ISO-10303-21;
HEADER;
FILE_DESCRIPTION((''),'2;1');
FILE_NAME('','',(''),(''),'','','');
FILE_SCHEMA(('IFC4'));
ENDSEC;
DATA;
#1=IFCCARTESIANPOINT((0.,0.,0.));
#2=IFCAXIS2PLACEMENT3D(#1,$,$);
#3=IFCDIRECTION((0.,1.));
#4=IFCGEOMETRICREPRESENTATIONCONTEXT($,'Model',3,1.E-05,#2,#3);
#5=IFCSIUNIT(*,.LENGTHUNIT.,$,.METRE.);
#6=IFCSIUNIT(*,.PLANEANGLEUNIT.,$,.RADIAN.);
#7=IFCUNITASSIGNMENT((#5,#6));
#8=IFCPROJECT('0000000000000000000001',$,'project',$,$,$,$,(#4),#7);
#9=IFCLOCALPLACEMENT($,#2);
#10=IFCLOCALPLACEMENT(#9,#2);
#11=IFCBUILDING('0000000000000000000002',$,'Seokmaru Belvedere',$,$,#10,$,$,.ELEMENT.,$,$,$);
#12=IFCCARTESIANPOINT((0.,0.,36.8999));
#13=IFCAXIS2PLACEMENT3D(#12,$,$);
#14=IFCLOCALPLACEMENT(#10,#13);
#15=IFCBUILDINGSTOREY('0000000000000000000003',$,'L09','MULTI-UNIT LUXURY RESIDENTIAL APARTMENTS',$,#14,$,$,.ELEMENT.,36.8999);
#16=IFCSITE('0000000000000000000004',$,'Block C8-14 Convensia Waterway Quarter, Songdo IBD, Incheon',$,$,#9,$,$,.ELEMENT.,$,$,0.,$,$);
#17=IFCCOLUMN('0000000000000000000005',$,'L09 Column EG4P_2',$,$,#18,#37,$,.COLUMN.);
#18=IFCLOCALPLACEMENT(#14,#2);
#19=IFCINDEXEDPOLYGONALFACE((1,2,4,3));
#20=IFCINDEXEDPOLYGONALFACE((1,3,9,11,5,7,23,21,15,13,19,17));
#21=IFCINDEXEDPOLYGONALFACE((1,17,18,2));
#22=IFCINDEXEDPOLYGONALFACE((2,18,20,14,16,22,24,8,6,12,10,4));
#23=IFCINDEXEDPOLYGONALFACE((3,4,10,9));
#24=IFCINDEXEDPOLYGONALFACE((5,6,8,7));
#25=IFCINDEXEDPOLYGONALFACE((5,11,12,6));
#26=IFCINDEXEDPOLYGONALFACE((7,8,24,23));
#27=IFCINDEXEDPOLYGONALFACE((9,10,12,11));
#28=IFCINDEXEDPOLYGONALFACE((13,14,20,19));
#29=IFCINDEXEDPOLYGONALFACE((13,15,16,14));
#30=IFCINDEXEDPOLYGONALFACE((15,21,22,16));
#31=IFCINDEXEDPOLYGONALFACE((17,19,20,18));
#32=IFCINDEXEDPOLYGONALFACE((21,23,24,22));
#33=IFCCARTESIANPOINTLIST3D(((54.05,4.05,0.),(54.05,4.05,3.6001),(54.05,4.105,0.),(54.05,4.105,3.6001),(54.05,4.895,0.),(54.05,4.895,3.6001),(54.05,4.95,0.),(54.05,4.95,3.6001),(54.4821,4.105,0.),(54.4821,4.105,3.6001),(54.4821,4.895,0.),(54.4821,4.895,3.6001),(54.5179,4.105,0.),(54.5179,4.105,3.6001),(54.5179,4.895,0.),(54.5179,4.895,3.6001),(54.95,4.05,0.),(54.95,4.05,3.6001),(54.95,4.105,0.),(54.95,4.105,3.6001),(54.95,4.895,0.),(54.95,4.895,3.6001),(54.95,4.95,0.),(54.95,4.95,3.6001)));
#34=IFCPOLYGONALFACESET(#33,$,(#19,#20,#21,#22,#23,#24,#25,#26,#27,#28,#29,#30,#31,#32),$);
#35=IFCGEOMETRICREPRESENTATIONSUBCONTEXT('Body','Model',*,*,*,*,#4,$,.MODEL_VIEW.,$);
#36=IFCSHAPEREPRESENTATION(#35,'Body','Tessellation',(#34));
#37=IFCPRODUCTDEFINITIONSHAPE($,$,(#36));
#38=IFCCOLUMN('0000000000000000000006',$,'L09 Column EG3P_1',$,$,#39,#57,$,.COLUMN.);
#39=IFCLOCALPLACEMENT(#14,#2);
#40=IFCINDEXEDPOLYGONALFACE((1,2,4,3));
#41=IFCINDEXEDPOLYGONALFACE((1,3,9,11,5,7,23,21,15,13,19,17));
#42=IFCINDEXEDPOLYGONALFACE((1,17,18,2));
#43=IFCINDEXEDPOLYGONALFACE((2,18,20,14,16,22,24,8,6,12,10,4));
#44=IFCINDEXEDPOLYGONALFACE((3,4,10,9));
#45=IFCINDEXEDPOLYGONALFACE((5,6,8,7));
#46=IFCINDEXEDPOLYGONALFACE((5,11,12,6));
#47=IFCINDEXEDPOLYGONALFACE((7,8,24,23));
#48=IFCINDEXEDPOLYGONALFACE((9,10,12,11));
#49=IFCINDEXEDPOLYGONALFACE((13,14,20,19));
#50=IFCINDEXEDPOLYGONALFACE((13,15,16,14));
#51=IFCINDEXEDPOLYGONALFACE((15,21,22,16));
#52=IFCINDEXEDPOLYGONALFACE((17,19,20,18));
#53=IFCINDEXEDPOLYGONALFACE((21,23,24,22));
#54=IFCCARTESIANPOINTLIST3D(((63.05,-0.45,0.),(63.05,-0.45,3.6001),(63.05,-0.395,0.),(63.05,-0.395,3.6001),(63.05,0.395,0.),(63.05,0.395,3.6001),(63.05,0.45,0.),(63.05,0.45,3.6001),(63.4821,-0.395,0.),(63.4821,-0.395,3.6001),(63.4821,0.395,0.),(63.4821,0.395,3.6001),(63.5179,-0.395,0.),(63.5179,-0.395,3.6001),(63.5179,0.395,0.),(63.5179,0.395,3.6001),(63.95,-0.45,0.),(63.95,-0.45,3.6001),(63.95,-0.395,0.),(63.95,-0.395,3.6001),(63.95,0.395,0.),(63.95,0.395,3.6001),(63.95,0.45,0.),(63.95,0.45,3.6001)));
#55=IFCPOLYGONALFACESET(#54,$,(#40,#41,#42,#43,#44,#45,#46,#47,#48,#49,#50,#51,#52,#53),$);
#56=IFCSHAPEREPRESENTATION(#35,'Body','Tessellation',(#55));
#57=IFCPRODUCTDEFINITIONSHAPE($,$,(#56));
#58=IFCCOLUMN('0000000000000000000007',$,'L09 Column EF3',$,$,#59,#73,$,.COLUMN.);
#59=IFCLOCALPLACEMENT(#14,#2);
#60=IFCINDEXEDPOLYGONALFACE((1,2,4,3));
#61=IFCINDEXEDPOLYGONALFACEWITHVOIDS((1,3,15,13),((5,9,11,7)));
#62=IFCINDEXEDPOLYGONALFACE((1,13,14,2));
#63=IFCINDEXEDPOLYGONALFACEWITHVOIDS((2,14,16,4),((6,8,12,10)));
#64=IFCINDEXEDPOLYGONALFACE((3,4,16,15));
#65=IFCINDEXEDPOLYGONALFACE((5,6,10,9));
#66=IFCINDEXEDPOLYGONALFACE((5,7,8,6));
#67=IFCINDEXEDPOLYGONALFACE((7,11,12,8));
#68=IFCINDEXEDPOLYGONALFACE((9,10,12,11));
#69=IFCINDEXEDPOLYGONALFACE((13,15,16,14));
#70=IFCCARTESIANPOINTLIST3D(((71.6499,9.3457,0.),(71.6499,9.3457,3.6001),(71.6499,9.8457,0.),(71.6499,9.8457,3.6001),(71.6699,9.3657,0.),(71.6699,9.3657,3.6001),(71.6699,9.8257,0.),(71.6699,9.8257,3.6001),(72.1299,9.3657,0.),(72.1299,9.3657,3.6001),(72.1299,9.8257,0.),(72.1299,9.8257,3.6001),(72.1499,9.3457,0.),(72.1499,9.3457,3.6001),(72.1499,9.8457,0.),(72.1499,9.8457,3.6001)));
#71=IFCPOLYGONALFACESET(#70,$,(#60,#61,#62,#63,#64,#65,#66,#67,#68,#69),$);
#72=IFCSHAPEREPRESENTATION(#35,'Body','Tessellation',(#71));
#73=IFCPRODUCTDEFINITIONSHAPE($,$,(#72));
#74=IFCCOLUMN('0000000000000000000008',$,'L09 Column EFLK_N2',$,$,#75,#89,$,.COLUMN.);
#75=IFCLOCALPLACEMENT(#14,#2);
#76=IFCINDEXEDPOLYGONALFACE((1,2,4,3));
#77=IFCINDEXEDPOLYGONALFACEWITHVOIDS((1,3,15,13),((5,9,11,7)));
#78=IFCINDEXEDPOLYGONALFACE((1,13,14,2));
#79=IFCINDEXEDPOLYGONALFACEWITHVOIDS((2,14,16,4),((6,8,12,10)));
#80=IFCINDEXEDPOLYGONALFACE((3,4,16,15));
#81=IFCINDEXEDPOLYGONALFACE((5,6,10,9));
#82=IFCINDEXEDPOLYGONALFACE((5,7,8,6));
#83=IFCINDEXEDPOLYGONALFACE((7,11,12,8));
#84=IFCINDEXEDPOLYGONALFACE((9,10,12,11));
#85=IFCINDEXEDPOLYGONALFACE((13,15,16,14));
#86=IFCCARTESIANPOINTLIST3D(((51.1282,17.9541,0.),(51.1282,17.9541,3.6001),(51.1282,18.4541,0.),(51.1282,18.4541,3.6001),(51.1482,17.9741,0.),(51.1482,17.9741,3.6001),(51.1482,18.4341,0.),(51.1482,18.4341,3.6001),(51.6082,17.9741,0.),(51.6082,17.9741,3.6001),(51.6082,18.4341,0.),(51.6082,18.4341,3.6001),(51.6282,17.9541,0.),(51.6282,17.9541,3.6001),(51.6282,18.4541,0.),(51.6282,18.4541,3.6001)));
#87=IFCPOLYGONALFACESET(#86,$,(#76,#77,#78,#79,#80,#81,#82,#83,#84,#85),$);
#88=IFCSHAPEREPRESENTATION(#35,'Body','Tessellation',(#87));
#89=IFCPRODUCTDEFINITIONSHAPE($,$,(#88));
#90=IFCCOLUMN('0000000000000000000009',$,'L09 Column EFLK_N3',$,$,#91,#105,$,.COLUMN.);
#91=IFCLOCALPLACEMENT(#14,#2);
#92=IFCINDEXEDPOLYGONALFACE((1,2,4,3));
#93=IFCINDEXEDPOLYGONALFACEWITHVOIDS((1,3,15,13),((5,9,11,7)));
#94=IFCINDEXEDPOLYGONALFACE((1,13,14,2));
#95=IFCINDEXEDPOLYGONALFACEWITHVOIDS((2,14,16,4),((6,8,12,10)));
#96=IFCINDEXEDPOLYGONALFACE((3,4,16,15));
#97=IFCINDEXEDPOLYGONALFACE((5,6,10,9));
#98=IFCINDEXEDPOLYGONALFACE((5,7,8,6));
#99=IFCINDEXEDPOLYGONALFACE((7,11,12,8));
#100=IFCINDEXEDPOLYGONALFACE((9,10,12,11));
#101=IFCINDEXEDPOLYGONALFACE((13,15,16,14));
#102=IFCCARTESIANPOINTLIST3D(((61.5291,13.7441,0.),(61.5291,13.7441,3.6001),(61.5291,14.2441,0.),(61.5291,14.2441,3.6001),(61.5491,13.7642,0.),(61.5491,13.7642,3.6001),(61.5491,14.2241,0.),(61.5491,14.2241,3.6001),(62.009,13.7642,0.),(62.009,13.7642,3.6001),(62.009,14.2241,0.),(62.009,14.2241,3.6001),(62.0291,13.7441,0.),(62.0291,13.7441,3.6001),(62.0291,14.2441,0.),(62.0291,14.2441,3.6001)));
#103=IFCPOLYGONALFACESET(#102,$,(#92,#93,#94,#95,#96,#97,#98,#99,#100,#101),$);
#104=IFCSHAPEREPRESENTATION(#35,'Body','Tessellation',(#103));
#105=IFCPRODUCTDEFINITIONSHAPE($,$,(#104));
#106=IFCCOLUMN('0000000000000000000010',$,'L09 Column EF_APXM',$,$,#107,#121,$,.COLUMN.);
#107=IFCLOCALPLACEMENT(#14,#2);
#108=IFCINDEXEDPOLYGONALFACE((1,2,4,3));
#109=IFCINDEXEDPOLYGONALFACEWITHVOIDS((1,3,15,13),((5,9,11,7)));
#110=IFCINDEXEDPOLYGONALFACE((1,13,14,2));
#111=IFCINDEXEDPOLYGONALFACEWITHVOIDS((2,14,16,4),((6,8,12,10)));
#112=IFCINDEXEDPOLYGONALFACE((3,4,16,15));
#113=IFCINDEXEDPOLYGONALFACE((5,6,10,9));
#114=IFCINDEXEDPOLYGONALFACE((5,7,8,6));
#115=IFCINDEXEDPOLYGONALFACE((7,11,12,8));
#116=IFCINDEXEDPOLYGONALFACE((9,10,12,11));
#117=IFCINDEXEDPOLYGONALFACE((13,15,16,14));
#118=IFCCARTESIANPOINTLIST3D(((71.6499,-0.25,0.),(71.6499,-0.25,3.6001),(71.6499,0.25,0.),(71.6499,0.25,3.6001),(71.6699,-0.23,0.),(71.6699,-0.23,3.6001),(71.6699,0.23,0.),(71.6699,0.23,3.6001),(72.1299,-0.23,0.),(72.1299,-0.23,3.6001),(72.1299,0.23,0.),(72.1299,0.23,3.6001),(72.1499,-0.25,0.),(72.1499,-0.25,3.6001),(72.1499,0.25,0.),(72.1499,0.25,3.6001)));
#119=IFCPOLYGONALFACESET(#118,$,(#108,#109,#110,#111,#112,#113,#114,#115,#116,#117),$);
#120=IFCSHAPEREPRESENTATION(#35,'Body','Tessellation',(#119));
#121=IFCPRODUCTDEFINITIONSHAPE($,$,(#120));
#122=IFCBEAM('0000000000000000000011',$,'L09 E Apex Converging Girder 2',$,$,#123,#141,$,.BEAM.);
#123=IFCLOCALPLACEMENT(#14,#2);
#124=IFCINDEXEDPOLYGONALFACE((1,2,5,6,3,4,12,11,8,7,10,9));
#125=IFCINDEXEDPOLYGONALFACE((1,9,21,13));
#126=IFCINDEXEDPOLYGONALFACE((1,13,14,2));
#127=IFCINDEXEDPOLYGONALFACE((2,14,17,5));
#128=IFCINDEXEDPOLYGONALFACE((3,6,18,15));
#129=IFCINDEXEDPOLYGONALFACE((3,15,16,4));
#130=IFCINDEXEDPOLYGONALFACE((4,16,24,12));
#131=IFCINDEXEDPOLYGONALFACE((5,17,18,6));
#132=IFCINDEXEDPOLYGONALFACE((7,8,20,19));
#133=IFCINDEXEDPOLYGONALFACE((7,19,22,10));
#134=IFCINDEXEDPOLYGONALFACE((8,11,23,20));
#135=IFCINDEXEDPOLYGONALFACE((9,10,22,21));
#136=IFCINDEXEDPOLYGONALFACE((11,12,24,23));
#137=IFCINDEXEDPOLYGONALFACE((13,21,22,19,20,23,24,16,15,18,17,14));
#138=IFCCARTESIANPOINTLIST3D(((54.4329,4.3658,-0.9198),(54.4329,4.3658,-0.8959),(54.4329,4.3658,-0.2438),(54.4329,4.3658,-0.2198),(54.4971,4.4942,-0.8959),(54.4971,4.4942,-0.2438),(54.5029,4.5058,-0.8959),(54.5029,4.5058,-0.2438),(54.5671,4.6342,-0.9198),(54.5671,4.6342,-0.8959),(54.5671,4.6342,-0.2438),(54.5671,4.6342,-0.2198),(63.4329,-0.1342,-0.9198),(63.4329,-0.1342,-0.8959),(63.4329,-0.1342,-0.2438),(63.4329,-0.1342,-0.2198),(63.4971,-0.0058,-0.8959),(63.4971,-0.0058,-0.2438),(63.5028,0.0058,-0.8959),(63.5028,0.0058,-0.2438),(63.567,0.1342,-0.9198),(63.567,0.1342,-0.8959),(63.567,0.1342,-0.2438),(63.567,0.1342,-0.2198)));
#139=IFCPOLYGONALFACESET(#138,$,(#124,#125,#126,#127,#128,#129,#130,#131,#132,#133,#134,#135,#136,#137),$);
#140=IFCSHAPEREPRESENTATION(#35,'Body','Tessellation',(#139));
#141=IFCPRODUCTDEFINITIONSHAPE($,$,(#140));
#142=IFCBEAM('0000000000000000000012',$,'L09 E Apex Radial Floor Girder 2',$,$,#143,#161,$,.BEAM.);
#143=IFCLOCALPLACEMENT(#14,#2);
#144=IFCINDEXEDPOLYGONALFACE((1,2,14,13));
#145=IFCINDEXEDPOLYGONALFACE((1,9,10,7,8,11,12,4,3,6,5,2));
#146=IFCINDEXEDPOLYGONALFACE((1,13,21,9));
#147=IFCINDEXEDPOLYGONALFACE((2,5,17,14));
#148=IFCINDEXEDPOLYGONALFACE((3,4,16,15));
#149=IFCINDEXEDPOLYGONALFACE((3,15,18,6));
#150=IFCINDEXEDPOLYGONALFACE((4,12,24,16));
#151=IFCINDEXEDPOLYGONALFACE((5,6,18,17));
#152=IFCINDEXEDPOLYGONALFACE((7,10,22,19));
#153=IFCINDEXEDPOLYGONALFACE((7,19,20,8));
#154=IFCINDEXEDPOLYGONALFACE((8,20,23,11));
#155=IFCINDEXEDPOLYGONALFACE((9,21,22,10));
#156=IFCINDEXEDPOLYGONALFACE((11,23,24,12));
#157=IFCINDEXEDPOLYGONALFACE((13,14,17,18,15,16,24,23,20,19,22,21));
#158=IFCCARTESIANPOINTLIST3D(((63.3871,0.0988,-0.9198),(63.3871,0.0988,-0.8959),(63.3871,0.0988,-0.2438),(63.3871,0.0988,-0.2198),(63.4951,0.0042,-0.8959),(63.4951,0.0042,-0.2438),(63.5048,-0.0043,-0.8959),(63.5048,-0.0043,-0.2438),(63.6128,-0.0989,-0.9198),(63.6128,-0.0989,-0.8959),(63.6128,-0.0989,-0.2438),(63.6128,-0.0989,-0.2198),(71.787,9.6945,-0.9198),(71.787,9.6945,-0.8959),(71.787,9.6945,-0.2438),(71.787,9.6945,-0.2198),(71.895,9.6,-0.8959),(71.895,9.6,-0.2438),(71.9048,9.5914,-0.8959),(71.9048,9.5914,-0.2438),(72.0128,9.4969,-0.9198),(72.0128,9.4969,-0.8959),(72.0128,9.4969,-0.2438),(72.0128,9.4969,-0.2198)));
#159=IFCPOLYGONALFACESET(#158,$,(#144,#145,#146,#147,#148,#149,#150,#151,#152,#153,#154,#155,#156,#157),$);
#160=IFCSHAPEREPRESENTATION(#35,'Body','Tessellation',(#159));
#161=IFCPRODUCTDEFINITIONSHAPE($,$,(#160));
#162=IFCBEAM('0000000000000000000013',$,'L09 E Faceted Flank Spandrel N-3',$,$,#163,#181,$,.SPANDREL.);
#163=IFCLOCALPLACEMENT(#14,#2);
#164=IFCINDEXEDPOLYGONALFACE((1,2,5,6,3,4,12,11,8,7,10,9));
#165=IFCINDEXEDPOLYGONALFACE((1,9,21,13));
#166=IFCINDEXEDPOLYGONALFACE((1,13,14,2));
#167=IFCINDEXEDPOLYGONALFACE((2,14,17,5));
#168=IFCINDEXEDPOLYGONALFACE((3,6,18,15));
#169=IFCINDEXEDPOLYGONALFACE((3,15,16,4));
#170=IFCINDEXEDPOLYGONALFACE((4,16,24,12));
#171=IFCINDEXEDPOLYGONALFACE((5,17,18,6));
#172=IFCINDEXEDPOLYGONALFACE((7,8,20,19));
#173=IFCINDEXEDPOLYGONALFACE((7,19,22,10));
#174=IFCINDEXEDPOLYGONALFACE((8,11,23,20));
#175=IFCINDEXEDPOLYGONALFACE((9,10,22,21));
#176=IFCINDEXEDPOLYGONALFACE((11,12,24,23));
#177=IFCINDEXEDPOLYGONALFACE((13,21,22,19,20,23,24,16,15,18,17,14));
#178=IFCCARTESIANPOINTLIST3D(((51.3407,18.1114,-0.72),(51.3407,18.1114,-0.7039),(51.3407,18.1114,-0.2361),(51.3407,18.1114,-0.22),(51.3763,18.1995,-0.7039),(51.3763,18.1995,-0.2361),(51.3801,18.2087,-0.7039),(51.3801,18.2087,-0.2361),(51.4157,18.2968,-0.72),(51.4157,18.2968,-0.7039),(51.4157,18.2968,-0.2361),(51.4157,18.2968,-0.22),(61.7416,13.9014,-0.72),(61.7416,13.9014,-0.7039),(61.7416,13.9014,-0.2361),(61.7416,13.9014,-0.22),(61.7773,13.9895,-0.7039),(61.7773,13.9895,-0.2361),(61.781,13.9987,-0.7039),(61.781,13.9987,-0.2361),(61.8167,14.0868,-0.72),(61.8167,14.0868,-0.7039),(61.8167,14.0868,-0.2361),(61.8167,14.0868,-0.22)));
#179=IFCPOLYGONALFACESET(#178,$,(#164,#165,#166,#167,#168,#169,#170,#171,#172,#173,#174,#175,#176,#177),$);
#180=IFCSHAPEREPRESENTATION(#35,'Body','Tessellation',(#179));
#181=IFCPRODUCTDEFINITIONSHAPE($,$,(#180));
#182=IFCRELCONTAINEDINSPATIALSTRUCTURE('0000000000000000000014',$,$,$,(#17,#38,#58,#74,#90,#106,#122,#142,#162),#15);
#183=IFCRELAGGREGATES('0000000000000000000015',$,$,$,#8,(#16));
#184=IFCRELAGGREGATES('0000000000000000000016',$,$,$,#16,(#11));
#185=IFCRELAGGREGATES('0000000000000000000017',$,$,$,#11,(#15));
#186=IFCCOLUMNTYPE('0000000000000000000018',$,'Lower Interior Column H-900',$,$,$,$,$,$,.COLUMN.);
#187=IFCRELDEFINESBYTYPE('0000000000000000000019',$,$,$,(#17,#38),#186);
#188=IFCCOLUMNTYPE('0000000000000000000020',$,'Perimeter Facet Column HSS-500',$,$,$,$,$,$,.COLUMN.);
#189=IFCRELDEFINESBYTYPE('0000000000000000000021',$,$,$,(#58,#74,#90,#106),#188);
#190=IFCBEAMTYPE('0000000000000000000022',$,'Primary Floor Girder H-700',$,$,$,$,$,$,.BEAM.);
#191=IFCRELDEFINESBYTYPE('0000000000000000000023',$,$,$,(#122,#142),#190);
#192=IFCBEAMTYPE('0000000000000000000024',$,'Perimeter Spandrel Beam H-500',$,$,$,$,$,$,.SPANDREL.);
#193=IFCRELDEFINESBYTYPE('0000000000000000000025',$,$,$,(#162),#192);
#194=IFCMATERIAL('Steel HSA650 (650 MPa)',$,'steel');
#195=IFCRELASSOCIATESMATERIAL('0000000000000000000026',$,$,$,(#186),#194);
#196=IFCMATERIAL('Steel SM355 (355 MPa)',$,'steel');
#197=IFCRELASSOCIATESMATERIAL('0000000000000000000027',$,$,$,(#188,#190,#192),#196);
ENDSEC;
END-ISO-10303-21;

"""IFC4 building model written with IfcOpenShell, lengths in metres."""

from ifc_helpers import new_model, si_unit, direction, frame, origin, origin_2d, place, context, subcontext, project, spatial, hollow_rectangle, i_section, extrude, source, transform, mapped, material, material_profile, profile_set, type_object, type_shapes, element, save


model = new_model("IFC4")

# Units and contexts
model_context = context("Model", 3, precision=1e-05, world=origin(), true_north=direction((0.0, 1.0)))
body_context = subcontext(model_context, "Body", "Model", "MODEL_VIEW")
ifc_project = project(units=[si_unit("LENGTHUNIT", "METRE"), si_unit("PLANEANGLEUNIT", "RADIAN")], contexts=[model_context])

# Site, building, storey
site_placement = place(None, origin())
site = spatial("IfcSite", under=ifc_project, at=site_placement, Name="Block C8-14 Convensia Waterway Quarter, Songdo IBD, Incheon", CompositionType="ELEMENT", RefElevation=0.0)
building_placement = place(site_placement, origin())
building = spatial("IfcBuilding", under=site, at=building_placement, Name="Seokmaru Belvedere", CompositionType="ELEMENT")
storey_placement = place(building_placement, frame((0.0, 0.0, 36.8999)))
storey = spatial("IfcBuildingStorey", under=building, at=storey_placement, Name="L09", Description="MULTI-UNIT LUXURY RESIDENTIAL APARTMENTS", CompositionType="ELEMENT", Elevation=36.8999)

# Columns
ifc_material_1 = material(Name="Steel HSA650 (650 MPa)", Category="steel")
ifc_material_profile_1 = material_profile(ifc_material_1, i_section(OverallWidth=0.8999, OverallDepth=0.8999, WebThickness=0.0359, FlangeThickness=0.0549, at=origin_2d()), Name="H-900x900x36x55")
ifc_profile_set_1 = profile_set([ifc_material_profile_1], Name="Steel HSA650 (650 MPa)")
column_type_1 = type_object("IfcColumnType", Name="Lower Interior Column H-900", PredefinedType="COLUMN", material=ifc_profile_set_1)
shared_shape_1 = source(origin(), body_context, "Body", "SweptSolid", [
    extrude(i_section(OverallWidth=0.8999, OverallDepth=0.8999, WebThickness=0.0359, FlangeThickness=0.0549, at=origin_2d()), origin(), (0.0, 0.0, 1.0), 3.6001),
])
type_shapes(column_type_1, [shared_shape_1])
for number, where, z_axis, x_axis, name in (
    (1, (54.5, 4.5, 0.0), (0.0, 0.0, 1.0), (1.0, 0.0, 0.0), "L09 Column EG4P_2"),
    (2, (63.5, 0.0, 0.0), (0.0, 0.0, 1.0), (1.0, 0.0, 0.0), "L09 Column EG3P_1"),
):
    element("IfcColumn", number, at=place(storey_placement, frame(where, z_axis=z_axis, x_axis=x_axis)), inside=storey, type_object=column_type_1, Name=name, PredefinedType="COLUMN", context=body_context, shape_type="MappedRepresentation", body=[
        mapped(shared_shape_1, transform((0.0, 0.0, 0.0), scale=1.0)),
    ])
ifc_material_2 = material(Name="Steel SM355 (355 MPa)", Category="steel")
ifc_material_profile_2 = material_profile(ifc_material_2, hollow_rectangle(XDim=0.5, YDim=0.5, WallThickness=0.02, at=origin_2d()), Name="HSS-500x500x20")
ifc_profile_set_2 = profile_set([ifc_material_profile_2], Name="Steel SM355 (355 MPa)")
column_type_2 = type_object("IfcColumnType", Name="Perimeter Facet Column HSS-500", PredefinedType="COLUMN", material=ifc_profile_set_2)
shared_shape_2 = source(origin(), body_context, "Body", "SweptSolid", [
    extrude(hollow_rectangle(XDim=0.5, YDim=0.5, WallThickness=0.02, at=origin_2d()), origin(), (0.0, 0.0, 1.0), 3.6001),
])
type_shapes(column_type_2, [shared_shape_2])
for number, where, z_axis, x_axis, name in (
    (3, (71.8999, 9.5957, 0.0), (0.0, 0.0, 1.0), (1.0, 0.0, 0.0), "L09 Column EF3"),
    (4, (51.3782, 18.2041, 0.0), (0.0, 0.0, 1.0), (1.0, 0.0, 0.0), "L09 Column EFLK_N2"),
    (5, (61.7791, 13.9941, 0.0), (0.0, 0.0, 1.0), (1.0, 0.0, 0.0), "L09 Column EFLK_N3"),
    (6, (71.8999, 0.0, 0.0), (0.0, 0.0, 1.0), (1.0, 0.0, 0.0), "L09 Column EF_APXM"),
):
    element("IfcColumn", number, at=place(storey_placement, frame(where, z_axis=z_axis, x_axis=x_axis)), inside=storey, type_object=column_type_2, Name=name, PredefinedType="COLUMN", context=body_context, shape_type="MappedRepresentation", body=[
        mapped(shared_shape_2, transform((0.0, 0.0, 0.0), scale=1.0)),
    ])

# Beams
ifc_material_profile_3 = material_profile(ifc_material_2, i_section(OverallWidth=0.3, OverallDepth=0.7, WebThickness=0.0129, FlangeThickness=0.0239, at=origin_2d()), Name="H-700x300x13x24")
ifc_profile_set_3 = profile_set([ifc_material_profile_3], Name="Steel SM355 (355 MPa)")
beam_type_1 = type_object("IfcBeamType", Name="Primary Floor Girder H-700", PredefinedType="BEAM", material=ifc_profile_set_3)
shared_shape_3 = source(origin(), body_context, "Body", "SweptSolid", [
    extrude(i_section(OverallWidth=0.3, OverallDepth=0.7, WebThickness=0.0129, FlangeThickness=0.0239, at=origin_2d()), origin(), (0.0, 0.0, 1.0), 10.0623),
])
beam_1_placement = place(storey_placement, frame((54.5, 4.5, -0.5698), z_axis=(0.894427, -0.447214, 0.0), x_axis=(0.447214, 0.894427, 0.0)))
element("IfcBeam", 7, at=beam_1_placement, inside=storey, type_object=beam_type_1, Name="L09 E Apex Converging Girder 2", PredefinedType="BEAM", context=body_context, shape_type="MappedRepresentation", body=[
    mapped(shared_shape_3, transform((0.0, 0.0, 0.0), scale=1.0)),
])
shared_shape_4 = source(origin(), body_context, "Body", "SweptSolid", [
    extrude(i_section(OverallWidth=0.3, OverallDepth=0.7, WebThickness=0.0129, FlangeThickness=0.0239, at=origin_2d()), origin(), (0.0, 0.0, 1.0), 12.7529),
])
beam_2_placement = place(storey_placement, frame((71.8999, 9.5957, -0.5698), z_axis=(-0.658667, -0.752434, 0.0), x_axis=(0.752434, -0.658667, 0.0)))
element("IfcBeam", 8, at=beam_2_placement, inside=storey, type_object=beam_type_1, Name="L09 E Apex Radial Floor Girder 2", PredefinedType="BEAM", context=body_context, shape_type="MappedRepresentation", body=[
    mapped(shared_shape_4, transform((0.0, 0.0, 0.0), scale=1.0)),
])
ifc_material_profile_4 = material_profile(ifc_material_2, i_section(OverallWidth=0.2, OverallDepth=0.5, WebThickness=0.01, FlangeThickness=0.0161, at=origin_2d()), Name="H-500x200x10x16")
ifc_profile_set_4 = profile_set([ifc_material_profile_4], Name="Steel SM355 (355 MPa)")
beam_type_2 = type_object("IfcBeamType", Name="Perimeter Spandrel Beam H-500", PredefinedType="SPANDREL", material=ifc_profile_set_4)
shared_shape_5 = source(origin(), body_context, "Body", "SweptSolid", [
    extrude(i_section(OverallWidth=0.2, OverallDepth=0.5, WebThickness=0.01, FlangeThickness=0.0161, at=origin_2d()), origin(), (0.0, 0.0, 1.0), 11.2207),
])
beam_3_placement = place(storey_placement, frame((51.3782, 18.2041, -0.47), z_axis=(0.926944, -0.375199, 0.0), x_axis=(0.375199, 0.926944, 0.0)))
element("IfcBeam", 9, at=beam_3_placement, inside=storey, type_object=beam_type_2, Name="L09 E Faceted Flank Spandrel N-3", PredefinedType="SPANDREL", context=body_context, shape_type="MappedRepresentation", body=[
    mapped(shared_shape_5, transform((0.0, 0.0, 0.0), scale=1.0)),
])

save(model, "model.ifc")
